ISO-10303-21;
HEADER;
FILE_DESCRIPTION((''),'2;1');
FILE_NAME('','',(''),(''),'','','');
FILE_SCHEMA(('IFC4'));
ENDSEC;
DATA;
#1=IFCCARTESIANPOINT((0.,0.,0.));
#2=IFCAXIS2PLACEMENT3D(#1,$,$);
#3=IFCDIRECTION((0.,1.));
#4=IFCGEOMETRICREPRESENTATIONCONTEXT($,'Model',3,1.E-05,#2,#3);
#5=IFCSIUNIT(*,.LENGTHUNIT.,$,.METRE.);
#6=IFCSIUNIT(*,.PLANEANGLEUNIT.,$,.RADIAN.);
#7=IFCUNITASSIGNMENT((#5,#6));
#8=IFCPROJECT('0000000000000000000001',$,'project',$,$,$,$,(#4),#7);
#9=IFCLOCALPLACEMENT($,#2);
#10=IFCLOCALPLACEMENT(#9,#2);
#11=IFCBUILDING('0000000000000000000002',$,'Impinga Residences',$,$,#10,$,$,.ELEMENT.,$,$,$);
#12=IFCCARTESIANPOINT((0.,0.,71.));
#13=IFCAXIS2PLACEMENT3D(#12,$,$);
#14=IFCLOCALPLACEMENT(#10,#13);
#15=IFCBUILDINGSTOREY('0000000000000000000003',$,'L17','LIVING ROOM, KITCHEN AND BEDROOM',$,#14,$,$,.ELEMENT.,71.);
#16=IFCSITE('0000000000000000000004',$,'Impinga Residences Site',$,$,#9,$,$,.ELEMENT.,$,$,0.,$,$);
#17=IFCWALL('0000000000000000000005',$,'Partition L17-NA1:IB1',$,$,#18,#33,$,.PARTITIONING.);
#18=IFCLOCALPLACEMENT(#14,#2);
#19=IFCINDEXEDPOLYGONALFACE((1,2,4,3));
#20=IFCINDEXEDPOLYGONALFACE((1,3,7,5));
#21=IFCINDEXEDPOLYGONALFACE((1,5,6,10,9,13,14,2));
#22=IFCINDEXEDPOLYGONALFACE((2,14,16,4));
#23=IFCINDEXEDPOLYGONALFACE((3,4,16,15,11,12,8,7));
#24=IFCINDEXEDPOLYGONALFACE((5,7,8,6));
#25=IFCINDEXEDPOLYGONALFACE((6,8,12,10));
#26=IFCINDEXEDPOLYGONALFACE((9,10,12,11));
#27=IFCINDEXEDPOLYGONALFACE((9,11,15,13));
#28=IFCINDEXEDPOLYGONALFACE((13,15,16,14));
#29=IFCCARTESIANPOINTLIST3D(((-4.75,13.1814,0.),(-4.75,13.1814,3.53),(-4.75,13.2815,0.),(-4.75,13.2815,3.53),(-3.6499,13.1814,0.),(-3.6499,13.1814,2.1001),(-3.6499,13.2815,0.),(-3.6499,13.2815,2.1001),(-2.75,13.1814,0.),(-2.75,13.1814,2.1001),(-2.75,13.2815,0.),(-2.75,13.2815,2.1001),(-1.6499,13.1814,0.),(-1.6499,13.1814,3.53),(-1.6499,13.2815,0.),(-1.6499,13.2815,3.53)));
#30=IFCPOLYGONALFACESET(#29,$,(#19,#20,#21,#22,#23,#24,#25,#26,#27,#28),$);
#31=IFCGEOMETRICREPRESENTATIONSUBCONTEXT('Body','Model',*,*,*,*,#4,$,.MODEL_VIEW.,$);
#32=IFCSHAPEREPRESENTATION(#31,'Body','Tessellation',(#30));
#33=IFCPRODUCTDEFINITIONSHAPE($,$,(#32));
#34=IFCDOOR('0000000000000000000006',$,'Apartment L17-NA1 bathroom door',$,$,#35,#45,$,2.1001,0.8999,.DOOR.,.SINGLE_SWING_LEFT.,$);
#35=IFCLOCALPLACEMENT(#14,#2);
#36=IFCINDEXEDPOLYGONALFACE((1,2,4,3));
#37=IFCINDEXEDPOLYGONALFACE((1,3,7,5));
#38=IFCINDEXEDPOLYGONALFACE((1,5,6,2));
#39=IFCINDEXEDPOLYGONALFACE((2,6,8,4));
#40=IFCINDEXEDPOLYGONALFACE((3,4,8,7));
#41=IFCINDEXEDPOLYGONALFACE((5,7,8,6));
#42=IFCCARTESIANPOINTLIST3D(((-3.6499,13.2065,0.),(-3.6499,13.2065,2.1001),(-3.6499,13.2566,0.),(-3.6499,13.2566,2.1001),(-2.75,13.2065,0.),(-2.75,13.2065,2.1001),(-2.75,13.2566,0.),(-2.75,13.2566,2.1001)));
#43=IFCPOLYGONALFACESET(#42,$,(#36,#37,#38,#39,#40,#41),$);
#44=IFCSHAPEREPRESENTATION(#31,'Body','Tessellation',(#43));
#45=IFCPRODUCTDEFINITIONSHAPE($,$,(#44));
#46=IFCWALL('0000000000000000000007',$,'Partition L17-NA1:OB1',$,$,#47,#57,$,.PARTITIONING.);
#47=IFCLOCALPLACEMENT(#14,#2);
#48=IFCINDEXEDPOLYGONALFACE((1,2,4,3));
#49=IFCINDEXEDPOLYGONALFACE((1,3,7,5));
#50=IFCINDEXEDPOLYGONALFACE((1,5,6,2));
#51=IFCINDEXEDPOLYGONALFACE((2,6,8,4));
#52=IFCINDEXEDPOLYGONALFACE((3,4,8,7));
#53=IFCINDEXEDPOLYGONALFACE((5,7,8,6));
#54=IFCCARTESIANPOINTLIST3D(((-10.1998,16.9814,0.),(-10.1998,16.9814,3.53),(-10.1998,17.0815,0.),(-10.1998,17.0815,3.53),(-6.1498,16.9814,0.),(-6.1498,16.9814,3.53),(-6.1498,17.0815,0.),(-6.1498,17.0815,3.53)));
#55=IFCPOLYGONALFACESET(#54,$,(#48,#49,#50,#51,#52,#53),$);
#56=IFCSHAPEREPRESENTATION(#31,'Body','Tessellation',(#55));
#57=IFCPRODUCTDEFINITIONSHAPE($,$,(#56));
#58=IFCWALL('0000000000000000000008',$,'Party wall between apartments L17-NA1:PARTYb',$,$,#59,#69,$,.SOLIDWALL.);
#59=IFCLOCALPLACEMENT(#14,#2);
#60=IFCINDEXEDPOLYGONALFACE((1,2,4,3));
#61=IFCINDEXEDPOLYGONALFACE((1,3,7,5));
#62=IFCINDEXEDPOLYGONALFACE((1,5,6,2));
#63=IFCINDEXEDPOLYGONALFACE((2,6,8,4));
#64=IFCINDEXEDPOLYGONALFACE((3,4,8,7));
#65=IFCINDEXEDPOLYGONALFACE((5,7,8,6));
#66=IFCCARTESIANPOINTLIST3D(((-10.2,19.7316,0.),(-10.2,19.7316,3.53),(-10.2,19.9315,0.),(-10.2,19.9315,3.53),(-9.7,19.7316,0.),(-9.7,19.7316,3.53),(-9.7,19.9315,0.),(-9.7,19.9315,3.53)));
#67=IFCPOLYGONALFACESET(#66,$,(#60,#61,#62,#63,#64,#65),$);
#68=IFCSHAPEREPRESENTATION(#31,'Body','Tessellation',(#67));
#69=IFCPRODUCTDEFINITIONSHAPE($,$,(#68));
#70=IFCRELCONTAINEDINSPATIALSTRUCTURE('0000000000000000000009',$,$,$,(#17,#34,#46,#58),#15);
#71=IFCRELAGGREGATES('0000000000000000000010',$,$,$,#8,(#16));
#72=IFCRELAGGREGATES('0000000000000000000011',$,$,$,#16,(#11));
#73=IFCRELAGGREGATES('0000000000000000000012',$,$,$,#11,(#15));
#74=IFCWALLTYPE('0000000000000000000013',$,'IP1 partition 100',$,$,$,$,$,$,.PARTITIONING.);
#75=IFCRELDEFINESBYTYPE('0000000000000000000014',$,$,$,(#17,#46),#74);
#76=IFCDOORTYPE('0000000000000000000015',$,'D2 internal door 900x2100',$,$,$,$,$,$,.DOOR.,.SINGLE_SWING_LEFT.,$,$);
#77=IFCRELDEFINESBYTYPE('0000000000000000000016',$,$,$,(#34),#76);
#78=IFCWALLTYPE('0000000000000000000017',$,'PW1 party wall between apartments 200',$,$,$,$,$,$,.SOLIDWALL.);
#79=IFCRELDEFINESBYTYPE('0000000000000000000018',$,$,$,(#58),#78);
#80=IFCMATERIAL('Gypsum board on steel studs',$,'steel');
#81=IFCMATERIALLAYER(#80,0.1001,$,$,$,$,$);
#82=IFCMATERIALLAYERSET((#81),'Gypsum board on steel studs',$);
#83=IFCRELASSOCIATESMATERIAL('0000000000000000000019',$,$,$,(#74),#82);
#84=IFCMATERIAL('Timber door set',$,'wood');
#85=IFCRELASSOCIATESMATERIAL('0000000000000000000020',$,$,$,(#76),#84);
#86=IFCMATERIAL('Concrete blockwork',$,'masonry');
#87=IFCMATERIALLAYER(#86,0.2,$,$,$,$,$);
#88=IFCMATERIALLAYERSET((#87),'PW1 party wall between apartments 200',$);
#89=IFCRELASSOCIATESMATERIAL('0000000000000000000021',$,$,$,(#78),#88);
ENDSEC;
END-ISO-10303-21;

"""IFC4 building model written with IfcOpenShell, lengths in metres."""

from ifc_helpers import new_model, si_unit, direction, frame, frame_2d, origin, place, context, subcontext, project, spatial, rectangle, extrude, material, layer, layer_set, type_object, element, fill, save


model = new_model("IFC4")

# Units and contexts
model_context = context("Model", 3, precision=1e-05, world=origin(), true_north=direction((0.0, 1.0)))
body_context = subcontext(model_context, "Body", "Model", "MODEL_VIEW")
ifc_project = project(units=[si_unit("LENGTHUNIT", "METRE"), si_unit("PLANEANGLEUNIT", "RADIAN")], contexts=[model_context])

# Site, building, storey
site_placement = place(None, origin())
site = spatial("IfcSite", under=ifc_project, at=site_placement, Name="Impinga Residences Site", CompositionType="ELEMENT", RefElevation=0.0)
building_placement = place(site_placement, origin())
building = spatial("IfcBuilding", under=site, at=building_placement, Name="Impinga Residences", CompositionType="ELEMENT")
storey_placement = place(building_placement, frame((0.0, 0.0, 71.0)))
storey = spatial("IfcBuildingStorey", under=building, at=storey_placement, Name="L17", Description="LIVING ROOM, KITCHEN AND BEDROOM", CompositionType="ELEMENT", Elevation=71.0)

# Shared definitions
ifc_material_1 = material(Name="Gypsum board on steel studs", Category="steel")
ifc_layer_1 = layer(ifc_material_1, 0.1001)
ifc_layer_set_1 = layer_set([ifc_layer_1], Name="Gypsum board on steel studs")
wall_type_1 = type_object("IfcWallType", Name="IP1 partition 100", PredefinedType="PARTITIONING", material=ifc_layer_set_1)

# Shared definitions
ifc_material_2 = material(Name="Timber door set", Category="wood")
door_type = type_object("IfcDoorType", Name="D2 internal door 900x2100", OperationType="SINGLE_SWING_LEFT", PredefinedType="DOOR", material=ifc_material_2)

# Wall, opening, door
wall_1_placement = place(storey_placement, frame((-1.6499, 13.2314, 0.0), z_axis=(0.0, 0.0, 1.0), x_axis=(-1.0, 0.0, 0.0)))
wall_1 = element("IfcWall", 1, at=wall_1_placement, inside=storey, type_object=wall_type_1, Name="Partition L17-NA1:IB1", PredefinedType="PARTITIONING", context=body_context, shape_type="SweptSolid", body=[
    extrude(rectangle(XDim=3.1001, YDim=0.1001, at=frame_2d((1.55, 0.0))), origin(), (0.0, 0.0, 1.0), 3.53),
])
opening_1_placement = place(wall_1_placement, frame((1.1001, 0.0, 0.0)))
opening_1 = element("IfcOpeningElement", 2, at=opening_1_placement, cuts=wall_1, PredefinedType="OPENING", context=body_context, shape_type="SweptSolid", body=[
    extrude(rectangle(XDim=0.8999, YDim=2.1001, at=frame_2d((0.45, 1.05))), frame((0.0, 0.0601, 0.0), z_axis=(0.0, -1.0, 0.0), x_axis=(1.0, 0.0, 0.0)), (0.0, 0.0, 1.0), 0.1201),
])
door_1_placement = place(opening_1_placement, origin())
door_1 = element("IfcDoor", 3, at=door_1_placement, inside=storey, type_object=door_type, Name="Apartment L17-NA1 bathroom door", OperationType="SINGLE_SWING_LEFT", OverallHeight=2.1001, OverallWidth=0.8999, PredefinedType="DOOR", context=body_context, shape_type="SweptSolid", body=[
    extrude(rectangle(XDim=0.8999, YDim=2.1001, at=frame_2d((0.45, 1.05))), frame((0.0, 0.0249, 0.0), z_axis=(0.0, -1.0, 0.0), x_axis=(1.0, 0.0, 0.0)), (0.0, 0.0, 1.0), 0.05),
])
fill(opening_1, door_1)

# Walls
wall_2_placement = place(storey_placement, frame((-6.1499, 17.0315, 0.0), z_axis=(0.0, 0.0, 1.0), x_axis=(-1.0, 0.0, 0.0)))
element("IfcWall", 4, at=wall_2_placement, inside=storey, type_object=wall_type_1, Name="Partition L17-NA1:OB1", PredefinedType="PARTITIONING", context=body_context, shape_type="SweptSolid", body=[
    extrude(rectangle(XDim=4.05, YDim=0.1001, at=frame_2d((2.0249, 0.0))), origin(), (0.0, 0.0, 1.0), 3.53),
])
ifc_material_3 = material(Name="Concrete blockwork", Category="masonry")
ifc_layer_2 = layer(ifc_material_3, 0.2)
ifc_layer_set_2 = layer_set([ifc_layer_2], Name="PW1 party wall between apartments 200")
wall_type_2 = type_object("IfcWallType", Name="PW1 party wall between apartments 200", PredefinedType="SOLIDWALL", material=ifc_layer_set_2)
wall_3_placement = place(storey_placement, frame((-9.7, 19.8315, 0.0), z_axis=(0.0, 0.0, 1.0), x_axis=(-1.0, 0.0, 0.0)))
element("IfcWall", 5, at=wall_3_placement, inside=storey, type_object=wall_type_2, Name="Party wall between apartments L17-NA1:PARTYb", PredefinedType="SOLIDWALL", context=body_context, shape_type="SweptSolid", body=[
    extrude(rectangle(XDim=0.5, YDim=0.2, at=frame_2d((0.25, 0.0))), origin(), (0.0, 0.0, 1.0), 3.53),
])

save(model, "model.ifc")
